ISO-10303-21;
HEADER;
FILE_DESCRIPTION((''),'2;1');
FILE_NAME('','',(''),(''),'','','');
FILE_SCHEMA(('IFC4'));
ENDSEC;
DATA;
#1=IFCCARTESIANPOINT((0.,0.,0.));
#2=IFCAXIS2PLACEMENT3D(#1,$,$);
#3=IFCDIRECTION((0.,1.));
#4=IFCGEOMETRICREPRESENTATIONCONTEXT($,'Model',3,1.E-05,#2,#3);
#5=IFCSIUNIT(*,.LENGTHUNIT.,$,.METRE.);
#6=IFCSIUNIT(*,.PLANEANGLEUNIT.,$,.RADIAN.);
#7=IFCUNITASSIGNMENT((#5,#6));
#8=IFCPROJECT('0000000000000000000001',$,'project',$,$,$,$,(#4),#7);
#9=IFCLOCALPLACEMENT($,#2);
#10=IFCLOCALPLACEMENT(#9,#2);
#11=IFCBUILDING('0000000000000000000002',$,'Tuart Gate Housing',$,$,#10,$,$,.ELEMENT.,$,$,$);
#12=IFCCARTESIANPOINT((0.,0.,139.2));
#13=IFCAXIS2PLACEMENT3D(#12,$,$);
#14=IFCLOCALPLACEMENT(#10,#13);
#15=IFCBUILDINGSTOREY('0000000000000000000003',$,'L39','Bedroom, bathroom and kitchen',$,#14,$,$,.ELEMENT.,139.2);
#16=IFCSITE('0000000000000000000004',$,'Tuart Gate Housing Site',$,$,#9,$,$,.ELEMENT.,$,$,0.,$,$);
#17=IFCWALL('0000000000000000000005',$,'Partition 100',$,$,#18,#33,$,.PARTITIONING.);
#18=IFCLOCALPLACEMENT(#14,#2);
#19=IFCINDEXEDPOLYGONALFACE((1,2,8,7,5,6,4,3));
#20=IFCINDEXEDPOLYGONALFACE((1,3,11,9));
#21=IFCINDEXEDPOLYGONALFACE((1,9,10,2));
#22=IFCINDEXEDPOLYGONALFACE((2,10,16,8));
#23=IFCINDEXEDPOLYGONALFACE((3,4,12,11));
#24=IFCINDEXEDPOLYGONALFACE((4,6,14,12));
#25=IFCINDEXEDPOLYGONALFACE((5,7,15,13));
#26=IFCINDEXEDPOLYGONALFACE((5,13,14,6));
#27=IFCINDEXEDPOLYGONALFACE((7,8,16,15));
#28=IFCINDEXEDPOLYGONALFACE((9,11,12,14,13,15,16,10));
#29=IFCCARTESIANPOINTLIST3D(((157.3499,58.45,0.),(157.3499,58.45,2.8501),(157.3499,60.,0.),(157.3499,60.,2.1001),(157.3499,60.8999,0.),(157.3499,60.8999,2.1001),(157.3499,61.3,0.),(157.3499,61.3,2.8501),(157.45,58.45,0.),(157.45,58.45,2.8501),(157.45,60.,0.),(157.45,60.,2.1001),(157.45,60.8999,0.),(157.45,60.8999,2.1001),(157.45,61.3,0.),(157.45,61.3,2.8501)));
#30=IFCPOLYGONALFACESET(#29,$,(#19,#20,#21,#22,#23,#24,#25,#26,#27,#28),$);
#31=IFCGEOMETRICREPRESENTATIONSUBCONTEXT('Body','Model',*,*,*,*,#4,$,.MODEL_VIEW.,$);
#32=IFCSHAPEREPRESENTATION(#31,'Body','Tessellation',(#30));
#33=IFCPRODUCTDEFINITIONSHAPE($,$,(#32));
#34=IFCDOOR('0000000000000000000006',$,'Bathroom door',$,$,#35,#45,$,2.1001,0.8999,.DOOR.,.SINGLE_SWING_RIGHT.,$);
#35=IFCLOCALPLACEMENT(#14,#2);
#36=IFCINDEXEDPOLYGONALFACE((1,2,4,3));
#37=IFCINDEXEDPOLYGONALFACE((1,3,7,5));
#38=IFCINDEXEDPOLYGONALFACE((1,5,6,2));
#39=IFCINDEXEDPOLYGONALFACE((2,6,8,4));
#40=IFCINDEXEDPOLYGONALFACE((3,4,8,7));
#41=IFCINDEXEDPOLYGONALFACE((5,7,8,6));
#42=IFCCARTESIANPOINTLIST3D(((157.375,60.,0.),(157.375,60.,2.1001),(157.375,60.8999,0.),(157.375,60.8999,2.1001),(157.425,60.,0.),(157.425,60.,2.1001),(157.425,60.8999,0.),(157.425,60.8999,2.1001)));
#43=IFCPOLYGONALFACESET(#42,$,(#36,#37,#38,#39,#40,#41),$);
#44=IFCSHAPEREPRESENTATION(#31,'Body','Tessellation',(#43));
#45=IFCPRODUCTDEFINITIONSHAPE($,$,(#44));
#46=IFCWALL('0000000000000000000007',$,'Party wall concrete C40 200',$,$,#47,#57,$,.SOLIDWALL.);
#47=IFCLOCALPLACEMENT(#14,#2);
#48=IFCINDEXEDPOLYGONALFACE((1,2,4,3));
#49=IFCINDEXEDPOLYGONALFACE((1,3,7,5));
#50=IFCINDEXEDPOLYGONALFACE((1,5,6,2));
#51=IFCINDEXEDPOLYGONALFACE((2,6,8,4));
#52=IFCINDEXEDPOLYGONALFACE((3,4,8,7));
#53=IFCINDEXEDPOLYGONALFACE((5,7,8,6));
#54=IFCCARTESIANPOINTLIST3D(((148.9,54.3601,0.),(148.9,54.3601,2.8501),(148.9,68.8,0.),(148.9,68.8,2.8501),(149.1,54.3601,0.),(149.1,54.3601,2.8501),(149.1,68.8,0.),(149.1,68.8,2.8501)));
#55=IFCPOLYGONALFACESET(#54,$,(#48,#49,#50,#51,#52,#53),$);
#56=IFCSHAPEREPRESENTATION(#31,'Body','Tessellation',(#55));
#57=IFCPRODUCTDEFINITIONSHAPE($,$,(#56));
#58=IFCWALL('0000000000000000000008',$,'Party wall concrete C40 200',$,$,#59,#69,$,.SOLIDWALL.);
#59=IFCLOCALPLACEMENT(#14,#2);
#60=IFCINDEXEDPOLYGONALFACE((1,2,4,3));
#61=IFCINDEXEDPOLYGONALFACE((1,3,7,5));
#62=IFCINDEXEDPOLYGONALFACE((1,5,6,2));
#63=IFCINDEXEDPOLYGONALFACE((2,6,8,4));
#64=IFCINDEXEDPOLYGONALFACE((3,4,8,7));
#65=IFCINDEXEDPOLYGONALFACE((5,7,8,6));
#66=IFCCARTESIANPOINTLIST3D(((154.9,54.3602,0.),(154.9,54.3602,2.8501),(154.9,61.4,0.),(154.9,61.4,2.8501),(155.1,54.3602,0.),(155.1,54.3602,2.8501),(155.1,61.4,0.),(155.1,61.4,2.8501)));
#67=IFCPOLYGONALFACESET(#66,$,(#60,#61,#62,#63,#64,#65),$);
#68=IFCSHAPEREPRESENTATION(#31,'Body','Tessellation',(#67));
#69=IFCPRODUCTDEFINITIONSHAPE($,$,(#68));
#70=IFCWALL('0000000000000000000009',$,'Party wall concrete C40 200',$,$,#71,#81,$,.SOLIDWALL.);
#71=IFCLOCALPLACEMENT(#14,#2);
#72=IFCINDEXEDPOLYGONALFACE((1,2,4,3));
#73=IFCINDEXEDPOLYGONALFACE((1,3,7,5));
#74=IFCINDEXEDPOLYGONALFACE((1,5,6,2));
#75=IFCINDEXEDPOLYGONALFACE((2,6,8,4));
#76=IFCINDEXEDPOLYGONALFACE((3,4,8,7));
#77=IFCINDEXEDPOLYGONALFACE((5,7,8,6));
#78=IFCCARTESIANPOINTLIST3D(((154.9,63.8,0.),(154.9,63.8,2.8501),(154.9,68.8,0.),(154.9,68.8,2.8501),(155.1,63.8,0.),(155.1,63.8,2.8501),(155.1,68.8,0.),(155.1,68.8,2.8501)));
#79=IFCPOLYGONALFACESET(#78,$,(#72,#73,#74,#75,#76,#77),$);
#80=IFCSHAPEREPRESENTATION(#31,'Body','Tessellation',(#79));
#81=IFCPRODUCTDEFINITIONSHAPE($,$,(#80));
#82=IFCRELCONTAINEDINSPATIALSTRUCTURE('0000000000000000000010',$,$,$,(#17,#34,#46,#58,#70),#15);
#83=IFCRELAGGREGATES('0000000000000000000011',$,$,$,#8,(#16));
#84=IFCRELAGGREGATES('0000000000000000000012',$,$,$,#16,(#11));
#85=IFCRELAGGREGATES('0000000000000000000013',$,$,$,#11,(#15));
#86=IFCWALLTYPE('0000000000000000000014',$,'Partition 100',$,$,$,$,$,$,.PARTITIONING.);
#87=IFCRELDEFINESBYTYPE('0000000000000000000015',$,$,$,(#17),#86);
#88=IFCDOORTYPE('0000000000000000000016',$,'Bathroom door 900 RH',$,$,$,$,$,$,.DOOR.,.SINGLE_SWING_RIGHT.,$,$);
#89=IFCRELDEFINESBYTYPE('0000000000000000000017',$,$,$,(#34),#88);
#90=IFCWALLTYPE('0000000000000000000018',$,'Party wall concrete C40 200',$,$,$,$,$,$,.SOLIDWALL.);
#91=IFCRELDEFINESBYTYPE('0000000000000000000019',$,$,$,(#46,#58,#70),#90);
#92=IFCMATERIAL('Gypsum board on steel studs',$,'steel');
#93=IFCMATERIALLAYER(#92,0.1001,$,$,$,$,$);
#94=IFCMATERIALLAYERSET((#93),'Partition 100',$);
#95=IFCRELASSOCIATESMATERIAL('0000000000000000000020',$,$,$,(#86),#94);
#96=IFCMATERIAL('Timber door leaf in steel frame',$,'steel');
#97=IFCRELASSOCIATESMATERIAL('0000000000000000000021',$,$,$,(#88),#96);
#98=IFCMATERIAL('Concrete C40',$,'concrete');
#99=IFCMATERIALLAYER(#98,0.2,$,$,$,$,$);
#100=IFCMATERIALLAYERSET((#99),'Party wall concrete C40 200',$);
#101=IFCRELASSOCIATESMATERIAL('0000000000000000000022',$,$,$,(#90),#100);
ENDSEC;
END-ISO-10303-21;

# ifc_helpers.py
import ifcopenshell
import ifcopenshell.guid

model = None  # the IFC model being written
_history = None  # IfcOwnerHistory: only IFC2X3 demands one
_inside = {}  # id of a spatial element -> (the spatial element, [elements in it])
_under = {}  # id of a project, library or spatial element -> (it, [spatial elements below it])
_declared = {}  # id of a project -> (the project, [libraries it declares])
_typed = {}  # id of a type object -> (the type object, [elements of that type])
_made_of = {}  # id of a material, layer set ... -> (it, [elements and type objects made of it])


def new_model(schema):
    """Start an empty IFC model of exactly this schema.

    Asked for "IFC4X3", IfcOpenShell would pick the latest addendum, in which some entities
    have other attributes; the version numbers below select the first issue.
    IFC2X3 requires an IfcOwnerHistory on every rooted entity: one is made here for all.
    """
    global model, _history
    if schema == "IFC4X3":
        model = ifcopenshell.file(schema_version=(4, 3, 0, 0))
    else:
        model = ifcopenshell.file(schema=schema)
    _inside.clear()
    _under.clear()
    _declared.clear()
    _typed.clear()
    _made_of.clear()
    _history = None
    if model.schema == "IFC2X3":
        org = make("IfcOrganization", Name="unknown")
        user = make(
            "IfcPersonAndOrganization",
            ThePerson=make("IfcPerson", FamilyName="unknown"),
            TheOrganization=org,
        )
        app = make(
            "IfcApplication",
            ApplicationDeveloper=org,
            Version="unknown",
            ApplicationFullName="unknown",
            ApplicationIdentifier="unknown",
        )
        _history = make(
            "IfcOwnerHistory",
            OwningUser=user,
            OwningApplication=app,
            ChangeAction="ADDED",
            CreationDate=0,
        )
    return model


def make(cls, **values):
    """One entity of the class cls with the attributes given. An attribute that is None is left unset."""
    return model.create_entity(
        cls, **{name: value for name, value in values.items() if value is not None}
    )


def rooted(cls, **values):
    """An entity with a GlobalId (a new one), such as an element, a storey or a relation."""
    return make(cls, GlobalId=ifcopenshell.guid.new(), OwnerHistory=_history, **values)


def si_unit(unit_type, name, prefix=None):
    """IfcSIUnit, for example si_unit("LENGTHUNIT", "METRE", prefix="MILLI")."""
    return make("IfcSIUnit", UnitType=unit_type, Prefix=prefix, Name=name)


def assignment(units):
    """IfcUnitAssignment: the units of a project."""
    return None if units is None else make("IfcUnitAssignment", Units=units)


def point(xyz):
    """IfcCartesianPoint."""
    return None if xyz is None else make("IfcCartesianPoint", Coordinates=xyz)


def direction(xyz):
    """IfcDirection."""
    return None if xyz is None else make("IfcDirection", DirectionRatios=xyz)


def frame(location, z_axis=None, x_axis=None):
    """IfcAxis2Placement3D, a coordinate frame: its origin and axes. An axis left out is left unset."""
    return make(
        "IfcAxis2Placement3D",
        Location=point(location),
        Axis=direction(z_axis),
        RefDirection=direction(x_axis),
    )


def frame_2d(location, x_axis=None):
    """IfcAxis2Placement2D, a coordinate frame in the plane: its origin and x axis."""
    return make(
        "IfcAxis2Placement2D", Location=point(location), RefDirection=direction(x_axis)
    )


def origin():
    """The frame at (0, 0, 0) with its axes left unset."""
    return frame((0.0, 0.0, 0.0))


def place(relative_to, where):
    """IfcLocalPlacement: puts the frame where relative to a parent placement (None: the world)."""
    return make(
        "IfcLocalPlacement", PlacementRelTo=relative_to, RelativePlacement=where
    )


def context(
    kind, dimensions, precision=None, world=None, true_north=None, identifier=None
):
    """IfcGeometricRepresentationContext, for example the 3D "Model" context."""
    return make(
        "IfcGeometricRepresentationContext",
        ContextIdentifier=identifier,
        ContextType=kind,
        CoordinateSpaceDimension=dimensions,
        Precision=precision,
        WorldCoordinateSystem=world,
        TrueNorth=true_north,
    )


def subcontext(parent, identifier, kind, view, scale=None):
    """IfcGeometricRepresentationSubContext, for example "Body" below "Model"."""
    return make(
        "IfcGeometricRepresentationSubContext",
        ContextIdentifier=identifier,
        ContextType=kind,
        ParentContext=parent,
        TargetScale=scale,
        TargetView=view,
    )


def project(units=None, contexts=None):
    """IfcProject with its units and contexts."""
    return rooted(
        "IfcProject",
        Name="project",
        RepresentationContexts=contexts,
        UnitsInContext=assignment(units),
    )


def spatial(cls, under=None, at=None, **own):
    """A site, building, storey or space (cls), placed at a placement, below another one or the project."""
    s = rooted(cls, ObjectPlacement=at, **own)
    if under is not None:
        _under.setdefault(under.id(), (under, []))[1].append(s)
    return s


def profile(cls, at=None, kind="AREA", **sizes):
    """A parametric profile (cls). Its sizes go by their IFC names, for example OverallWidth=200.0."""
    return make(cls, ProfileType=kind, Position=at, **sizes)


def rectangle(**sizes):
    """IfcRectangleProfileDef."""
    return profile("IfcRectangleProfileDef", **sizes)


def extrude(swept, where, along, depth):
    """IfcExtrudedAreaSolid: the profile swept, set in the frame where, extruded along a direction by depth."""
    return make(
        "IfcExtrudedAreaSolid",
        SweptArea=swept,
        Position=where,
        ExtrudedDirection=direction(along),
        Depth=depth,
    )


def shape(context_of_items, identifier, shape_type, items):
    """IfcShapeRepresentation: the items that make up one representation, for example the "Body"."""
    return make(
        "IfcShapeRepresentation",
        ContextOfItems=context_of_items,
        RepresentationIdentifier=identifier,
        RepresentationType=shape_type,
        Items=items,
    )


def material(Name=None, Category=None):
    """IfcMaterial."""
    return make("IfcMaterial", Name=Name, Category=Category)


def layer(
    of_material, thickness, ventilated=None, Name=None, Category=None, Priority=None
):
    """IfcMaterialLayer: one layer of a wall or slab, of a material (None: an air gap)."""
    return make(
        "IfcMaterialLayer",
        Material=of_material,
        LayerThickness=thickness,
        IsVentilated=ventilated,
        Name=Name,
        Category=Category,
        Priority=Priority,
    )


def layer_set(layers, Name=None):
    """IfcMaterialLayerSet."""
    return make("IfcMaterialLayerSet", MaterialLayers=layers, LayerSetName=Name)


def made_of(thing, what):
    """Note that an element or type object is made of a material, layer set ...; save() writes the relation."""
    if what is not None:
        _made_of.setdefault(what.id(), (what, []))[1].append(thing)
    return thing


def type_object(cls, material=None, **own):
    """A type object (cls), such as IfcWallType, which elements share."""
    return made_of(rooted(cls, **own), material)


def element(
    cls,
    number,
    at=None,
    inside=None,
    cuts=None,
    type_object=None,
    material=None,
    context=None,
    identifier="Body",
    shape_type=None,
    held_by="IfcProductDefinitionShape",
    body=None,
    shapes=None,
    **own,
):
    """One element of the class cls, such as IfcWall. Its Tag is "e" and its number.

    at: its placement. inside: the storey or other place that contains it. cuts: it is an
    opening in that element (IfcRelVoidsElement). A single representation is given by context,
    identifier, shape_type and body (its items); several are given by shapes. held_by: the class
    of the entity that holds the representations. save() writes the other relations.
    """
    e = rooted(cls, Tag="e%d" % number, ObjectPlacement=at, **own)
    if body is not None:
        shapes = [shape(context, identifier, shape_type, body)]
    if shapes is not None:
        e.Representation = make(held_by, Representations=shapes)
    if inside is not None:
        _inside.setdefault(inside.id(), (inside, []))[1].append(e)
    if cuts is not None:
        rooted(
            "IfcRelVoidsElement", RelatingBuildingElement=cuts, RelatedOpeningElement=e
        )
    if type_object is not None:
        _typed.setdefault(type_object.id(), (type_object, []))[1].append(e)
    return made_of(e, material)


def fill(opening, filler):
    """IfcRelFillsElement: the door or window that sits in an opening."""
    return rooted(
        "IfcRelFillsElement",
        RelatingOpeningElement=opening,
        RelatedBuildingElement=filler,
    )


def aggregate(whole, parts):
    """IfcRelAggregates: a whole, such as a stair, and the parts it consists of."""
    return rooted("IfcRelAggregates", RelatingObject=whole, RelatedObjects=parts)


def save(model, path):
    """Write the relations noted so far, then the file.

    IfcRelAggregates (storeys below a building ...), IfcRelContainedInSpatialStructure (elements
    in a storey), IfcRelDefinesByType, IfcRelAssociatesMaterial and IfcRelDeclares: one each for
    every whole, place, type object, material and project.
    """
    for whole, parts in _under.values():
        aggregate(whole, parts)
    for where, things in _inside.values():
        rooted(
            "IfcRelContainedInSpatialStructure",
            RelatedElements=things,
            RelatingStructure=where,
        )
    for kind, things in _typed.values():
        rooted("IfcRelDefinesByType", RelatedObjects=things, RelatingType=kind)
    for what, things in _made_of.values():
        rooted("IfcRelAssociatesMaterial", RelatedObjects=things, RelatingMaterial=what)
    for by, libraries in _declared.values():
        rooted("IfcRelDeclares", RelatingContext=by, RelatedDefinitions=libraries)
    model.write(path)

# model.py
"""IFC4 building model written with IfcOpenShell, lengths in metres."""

from ifc_helpers import new_model, si_unit, direction, frame, frame_2d, origin, place, context, subcontext, project, spatial, rectangle, extrude, material, layer, layer_set, type_object, element, fill, save


model = new_model("IFC4")

# Units and contexts
model_context = context("Model", 3, precision=1e-05, world=origin(), true_north=direction((0.0, 1.0)))
body_context = subcontext(model_context, "Body", "Model", "MODEL_VIEW")
ifc_project = project(units=[si_unit("LENGTHUNIT", "METRE"), si_unit("PLANEANGLEUNIT", "RADIAN")], contexts=[model_context])

# Site, building, storey
site_placement = place(None, origin())
site = spatial("IfcSite", under=ifc_project, at=site_placement, Name="Tuart Gate Housing Site", CompositionType="ELEMENT", RefElevation=0.0)
building_placement = place(site_placement, origin())
building = spatial("IfcBuilding", under=site, at=building_placement, Name="Tuart Gate Housing", CompositionType="ELEMENT")
storey_placement = place(building_placement, frame((0.0, 0.0, 139.2)))
storey = spatial("IfcBuildingStorey", under=building, at=storey_placement, Name="L39", Description="Bedroom, bathroom and kitchen", CompositionType="ELEMENT", Elevation=139.2)

# Shared definitions
ifc_material_1 = material(Name="Gypsum board on steel studs", Category="steel")
ifc_layer_1 = layer(ifc_material_1, 0.1001)
ifc_layer_set_1 = layer_set([ifc_layer_1], Name="Partition 100")
wall_type_1 = type_object("IfcWallType", Name="Partition 100", PredefinedType="PARTITIONING", material=ifc_layer_set_1)

# Shared definitions
ifc_material_2 = material(Name="Timber door leaf in steel frame", Category="steel")
door_type_1 = type_object("IfcDoorType", Name="Bathroom door 900 RH", OperationType="SINGLE_SWING_RIGHT", PredefinedType="DOOR", material=ifc_material_2)

# Wall, opening, door
wall_1_placement = place(storey_placement, frame((157.3999, 58.45, 0.0), z_axis=(0.0, 0.0, 1.0), x_axis=(0.0, 1.0, 0.0)))
wall_1 = element("IfcWall", 1, at=wall_1_placement, inside=storey, type_object=wall_type_1, Name="Partition 100", PredefinedType="PARTITIONING", context=body_context, shape_type="SweptSolid", body=[
    extrude(rectangle(XDim=2.8501, YDim=0.1001, at=frame_2d((1.425, 0.0))), origin(), (0.0, 0.0, 1.0), 2.8501),
])
opening_1_placement = place(wall_1_placement, frame((1.55, 0.0, 0.0)))
opening_1 = element("IfcOpeningElement", 2, at=opening_1_placement, cuts=wall_1, PredefinedType="OPENING", context=body_context, shape_type="SweptSolid", body=[
    extrude(rectangle(XDim=0.8999, YDim=2.1001, at=frame_2d((0.45, 1.05))), frame((0.0, 0.0601, 0.0), z_axis=(0.0, -1.0, 0.0), x_axis=(1.0, 0.0, 0.0)), (0.0, 0.0, 1.0), 0.1201),
])
door_1_placement = place(opening_1_placement, origin())
door_1 = element("IfcDoor", 3, at=door_1_placement, inside=storey, type_object=door_type_1, Name="Bathroom door", OperationType="SINGLE_SWING_RIGHT", OverallHeight=2.1001, OverallWidth=0.8999, PredefinedType="DOOR", context=body_context, shape_type="SweptSolid", body=[
    extrude(rectangle(XDim=0.8999, YDim=2.1001, at=frame_2d((0.45, 1.05))), frame((0.0, 0.0249, 0.0), z_axis=(0.0, -1.0, 0.0), x_axis=(1.0, 0.0, 0.0)), (0.0, 0.0, 1.0), 0.05),
])
fill(opening_1, door_1)

# Walls
ifc_material_3 = material(Name="Concrete C40", Category="concrete")
ifc_layer_2 = layer(ifc_material_3, 0.2)
ifc_layer_set_2 = layer_set([ifc_layer_2], Name="Party wall concrete C40 200")
wall_type_2 = type_object("IfcWallType", Name="Party wall concrete C40 200", PredefinedType="SOLIDWALL", material=ifc_layer_set_2)
wall_2_placement = place(storey_placement, frame((149.0, 54.3601, 0.0), z_axis=(0.0, 0.0, 1.0), x_axis=(0.0, 1.0, 0.0)))
element("IfcWall", 4, at=wall_2_placement, inside=storey, type_object=wall_type_2, Name="Party wall concrete C40 200", PredefinedType="SOLIDWALL", context=body_context, shape_type="SweptSolid", body=[
    extrude(rectangle(XDim=14.4399, YDim=0.2, at=frame_2d((7.22, 0.0))), origin(), (0.0, 0.0, 1.0), 2.8501),
])
wall_3_placement = place(storey_placement, frame((155.0, 54.3601, 0.0), z_axis=(0.0, 0.0, 1.0), x_axis=(0.0, 1.0, 0.0)))
element("IfcWall", 5, at=wall_3_placement, inside=storey, type_object=wall_type_2, Name="Party wall concrete C40 200", PredefinedType="SOLIDWALL", context=body_context, shape_type="SweptSolid", body=[
    extrude(rectangle(XDim=7.0398, YDim=0.2, at=frame_2d((3.52, 0.0))), origin(), (0.0, 0.0, 1.0), 2.8501),
])
wall_4_placement = place(storey_placement, frame((155.0, 63.8, 0.0), z_axis=(0.0, 0.0, 1.0), x_axis=(0.0, 1.0, 0.0)))
element("IfcWall", 6, at=wall_4_placement, inside=storey, type_object=wall_type_2, Name="Party wall concrete C40 200", PredefinedType="SOLIDWALL", context=body_context, shape_type="SweptSolid", body=[
    extrude(rectangle(XDim=5.0, YDim=0.2, at=frame_2d((2.5, 0.0))), origin(), (0.0, 0.0, 1.0), 2.8501),
])

save(model, "model.ifc")
